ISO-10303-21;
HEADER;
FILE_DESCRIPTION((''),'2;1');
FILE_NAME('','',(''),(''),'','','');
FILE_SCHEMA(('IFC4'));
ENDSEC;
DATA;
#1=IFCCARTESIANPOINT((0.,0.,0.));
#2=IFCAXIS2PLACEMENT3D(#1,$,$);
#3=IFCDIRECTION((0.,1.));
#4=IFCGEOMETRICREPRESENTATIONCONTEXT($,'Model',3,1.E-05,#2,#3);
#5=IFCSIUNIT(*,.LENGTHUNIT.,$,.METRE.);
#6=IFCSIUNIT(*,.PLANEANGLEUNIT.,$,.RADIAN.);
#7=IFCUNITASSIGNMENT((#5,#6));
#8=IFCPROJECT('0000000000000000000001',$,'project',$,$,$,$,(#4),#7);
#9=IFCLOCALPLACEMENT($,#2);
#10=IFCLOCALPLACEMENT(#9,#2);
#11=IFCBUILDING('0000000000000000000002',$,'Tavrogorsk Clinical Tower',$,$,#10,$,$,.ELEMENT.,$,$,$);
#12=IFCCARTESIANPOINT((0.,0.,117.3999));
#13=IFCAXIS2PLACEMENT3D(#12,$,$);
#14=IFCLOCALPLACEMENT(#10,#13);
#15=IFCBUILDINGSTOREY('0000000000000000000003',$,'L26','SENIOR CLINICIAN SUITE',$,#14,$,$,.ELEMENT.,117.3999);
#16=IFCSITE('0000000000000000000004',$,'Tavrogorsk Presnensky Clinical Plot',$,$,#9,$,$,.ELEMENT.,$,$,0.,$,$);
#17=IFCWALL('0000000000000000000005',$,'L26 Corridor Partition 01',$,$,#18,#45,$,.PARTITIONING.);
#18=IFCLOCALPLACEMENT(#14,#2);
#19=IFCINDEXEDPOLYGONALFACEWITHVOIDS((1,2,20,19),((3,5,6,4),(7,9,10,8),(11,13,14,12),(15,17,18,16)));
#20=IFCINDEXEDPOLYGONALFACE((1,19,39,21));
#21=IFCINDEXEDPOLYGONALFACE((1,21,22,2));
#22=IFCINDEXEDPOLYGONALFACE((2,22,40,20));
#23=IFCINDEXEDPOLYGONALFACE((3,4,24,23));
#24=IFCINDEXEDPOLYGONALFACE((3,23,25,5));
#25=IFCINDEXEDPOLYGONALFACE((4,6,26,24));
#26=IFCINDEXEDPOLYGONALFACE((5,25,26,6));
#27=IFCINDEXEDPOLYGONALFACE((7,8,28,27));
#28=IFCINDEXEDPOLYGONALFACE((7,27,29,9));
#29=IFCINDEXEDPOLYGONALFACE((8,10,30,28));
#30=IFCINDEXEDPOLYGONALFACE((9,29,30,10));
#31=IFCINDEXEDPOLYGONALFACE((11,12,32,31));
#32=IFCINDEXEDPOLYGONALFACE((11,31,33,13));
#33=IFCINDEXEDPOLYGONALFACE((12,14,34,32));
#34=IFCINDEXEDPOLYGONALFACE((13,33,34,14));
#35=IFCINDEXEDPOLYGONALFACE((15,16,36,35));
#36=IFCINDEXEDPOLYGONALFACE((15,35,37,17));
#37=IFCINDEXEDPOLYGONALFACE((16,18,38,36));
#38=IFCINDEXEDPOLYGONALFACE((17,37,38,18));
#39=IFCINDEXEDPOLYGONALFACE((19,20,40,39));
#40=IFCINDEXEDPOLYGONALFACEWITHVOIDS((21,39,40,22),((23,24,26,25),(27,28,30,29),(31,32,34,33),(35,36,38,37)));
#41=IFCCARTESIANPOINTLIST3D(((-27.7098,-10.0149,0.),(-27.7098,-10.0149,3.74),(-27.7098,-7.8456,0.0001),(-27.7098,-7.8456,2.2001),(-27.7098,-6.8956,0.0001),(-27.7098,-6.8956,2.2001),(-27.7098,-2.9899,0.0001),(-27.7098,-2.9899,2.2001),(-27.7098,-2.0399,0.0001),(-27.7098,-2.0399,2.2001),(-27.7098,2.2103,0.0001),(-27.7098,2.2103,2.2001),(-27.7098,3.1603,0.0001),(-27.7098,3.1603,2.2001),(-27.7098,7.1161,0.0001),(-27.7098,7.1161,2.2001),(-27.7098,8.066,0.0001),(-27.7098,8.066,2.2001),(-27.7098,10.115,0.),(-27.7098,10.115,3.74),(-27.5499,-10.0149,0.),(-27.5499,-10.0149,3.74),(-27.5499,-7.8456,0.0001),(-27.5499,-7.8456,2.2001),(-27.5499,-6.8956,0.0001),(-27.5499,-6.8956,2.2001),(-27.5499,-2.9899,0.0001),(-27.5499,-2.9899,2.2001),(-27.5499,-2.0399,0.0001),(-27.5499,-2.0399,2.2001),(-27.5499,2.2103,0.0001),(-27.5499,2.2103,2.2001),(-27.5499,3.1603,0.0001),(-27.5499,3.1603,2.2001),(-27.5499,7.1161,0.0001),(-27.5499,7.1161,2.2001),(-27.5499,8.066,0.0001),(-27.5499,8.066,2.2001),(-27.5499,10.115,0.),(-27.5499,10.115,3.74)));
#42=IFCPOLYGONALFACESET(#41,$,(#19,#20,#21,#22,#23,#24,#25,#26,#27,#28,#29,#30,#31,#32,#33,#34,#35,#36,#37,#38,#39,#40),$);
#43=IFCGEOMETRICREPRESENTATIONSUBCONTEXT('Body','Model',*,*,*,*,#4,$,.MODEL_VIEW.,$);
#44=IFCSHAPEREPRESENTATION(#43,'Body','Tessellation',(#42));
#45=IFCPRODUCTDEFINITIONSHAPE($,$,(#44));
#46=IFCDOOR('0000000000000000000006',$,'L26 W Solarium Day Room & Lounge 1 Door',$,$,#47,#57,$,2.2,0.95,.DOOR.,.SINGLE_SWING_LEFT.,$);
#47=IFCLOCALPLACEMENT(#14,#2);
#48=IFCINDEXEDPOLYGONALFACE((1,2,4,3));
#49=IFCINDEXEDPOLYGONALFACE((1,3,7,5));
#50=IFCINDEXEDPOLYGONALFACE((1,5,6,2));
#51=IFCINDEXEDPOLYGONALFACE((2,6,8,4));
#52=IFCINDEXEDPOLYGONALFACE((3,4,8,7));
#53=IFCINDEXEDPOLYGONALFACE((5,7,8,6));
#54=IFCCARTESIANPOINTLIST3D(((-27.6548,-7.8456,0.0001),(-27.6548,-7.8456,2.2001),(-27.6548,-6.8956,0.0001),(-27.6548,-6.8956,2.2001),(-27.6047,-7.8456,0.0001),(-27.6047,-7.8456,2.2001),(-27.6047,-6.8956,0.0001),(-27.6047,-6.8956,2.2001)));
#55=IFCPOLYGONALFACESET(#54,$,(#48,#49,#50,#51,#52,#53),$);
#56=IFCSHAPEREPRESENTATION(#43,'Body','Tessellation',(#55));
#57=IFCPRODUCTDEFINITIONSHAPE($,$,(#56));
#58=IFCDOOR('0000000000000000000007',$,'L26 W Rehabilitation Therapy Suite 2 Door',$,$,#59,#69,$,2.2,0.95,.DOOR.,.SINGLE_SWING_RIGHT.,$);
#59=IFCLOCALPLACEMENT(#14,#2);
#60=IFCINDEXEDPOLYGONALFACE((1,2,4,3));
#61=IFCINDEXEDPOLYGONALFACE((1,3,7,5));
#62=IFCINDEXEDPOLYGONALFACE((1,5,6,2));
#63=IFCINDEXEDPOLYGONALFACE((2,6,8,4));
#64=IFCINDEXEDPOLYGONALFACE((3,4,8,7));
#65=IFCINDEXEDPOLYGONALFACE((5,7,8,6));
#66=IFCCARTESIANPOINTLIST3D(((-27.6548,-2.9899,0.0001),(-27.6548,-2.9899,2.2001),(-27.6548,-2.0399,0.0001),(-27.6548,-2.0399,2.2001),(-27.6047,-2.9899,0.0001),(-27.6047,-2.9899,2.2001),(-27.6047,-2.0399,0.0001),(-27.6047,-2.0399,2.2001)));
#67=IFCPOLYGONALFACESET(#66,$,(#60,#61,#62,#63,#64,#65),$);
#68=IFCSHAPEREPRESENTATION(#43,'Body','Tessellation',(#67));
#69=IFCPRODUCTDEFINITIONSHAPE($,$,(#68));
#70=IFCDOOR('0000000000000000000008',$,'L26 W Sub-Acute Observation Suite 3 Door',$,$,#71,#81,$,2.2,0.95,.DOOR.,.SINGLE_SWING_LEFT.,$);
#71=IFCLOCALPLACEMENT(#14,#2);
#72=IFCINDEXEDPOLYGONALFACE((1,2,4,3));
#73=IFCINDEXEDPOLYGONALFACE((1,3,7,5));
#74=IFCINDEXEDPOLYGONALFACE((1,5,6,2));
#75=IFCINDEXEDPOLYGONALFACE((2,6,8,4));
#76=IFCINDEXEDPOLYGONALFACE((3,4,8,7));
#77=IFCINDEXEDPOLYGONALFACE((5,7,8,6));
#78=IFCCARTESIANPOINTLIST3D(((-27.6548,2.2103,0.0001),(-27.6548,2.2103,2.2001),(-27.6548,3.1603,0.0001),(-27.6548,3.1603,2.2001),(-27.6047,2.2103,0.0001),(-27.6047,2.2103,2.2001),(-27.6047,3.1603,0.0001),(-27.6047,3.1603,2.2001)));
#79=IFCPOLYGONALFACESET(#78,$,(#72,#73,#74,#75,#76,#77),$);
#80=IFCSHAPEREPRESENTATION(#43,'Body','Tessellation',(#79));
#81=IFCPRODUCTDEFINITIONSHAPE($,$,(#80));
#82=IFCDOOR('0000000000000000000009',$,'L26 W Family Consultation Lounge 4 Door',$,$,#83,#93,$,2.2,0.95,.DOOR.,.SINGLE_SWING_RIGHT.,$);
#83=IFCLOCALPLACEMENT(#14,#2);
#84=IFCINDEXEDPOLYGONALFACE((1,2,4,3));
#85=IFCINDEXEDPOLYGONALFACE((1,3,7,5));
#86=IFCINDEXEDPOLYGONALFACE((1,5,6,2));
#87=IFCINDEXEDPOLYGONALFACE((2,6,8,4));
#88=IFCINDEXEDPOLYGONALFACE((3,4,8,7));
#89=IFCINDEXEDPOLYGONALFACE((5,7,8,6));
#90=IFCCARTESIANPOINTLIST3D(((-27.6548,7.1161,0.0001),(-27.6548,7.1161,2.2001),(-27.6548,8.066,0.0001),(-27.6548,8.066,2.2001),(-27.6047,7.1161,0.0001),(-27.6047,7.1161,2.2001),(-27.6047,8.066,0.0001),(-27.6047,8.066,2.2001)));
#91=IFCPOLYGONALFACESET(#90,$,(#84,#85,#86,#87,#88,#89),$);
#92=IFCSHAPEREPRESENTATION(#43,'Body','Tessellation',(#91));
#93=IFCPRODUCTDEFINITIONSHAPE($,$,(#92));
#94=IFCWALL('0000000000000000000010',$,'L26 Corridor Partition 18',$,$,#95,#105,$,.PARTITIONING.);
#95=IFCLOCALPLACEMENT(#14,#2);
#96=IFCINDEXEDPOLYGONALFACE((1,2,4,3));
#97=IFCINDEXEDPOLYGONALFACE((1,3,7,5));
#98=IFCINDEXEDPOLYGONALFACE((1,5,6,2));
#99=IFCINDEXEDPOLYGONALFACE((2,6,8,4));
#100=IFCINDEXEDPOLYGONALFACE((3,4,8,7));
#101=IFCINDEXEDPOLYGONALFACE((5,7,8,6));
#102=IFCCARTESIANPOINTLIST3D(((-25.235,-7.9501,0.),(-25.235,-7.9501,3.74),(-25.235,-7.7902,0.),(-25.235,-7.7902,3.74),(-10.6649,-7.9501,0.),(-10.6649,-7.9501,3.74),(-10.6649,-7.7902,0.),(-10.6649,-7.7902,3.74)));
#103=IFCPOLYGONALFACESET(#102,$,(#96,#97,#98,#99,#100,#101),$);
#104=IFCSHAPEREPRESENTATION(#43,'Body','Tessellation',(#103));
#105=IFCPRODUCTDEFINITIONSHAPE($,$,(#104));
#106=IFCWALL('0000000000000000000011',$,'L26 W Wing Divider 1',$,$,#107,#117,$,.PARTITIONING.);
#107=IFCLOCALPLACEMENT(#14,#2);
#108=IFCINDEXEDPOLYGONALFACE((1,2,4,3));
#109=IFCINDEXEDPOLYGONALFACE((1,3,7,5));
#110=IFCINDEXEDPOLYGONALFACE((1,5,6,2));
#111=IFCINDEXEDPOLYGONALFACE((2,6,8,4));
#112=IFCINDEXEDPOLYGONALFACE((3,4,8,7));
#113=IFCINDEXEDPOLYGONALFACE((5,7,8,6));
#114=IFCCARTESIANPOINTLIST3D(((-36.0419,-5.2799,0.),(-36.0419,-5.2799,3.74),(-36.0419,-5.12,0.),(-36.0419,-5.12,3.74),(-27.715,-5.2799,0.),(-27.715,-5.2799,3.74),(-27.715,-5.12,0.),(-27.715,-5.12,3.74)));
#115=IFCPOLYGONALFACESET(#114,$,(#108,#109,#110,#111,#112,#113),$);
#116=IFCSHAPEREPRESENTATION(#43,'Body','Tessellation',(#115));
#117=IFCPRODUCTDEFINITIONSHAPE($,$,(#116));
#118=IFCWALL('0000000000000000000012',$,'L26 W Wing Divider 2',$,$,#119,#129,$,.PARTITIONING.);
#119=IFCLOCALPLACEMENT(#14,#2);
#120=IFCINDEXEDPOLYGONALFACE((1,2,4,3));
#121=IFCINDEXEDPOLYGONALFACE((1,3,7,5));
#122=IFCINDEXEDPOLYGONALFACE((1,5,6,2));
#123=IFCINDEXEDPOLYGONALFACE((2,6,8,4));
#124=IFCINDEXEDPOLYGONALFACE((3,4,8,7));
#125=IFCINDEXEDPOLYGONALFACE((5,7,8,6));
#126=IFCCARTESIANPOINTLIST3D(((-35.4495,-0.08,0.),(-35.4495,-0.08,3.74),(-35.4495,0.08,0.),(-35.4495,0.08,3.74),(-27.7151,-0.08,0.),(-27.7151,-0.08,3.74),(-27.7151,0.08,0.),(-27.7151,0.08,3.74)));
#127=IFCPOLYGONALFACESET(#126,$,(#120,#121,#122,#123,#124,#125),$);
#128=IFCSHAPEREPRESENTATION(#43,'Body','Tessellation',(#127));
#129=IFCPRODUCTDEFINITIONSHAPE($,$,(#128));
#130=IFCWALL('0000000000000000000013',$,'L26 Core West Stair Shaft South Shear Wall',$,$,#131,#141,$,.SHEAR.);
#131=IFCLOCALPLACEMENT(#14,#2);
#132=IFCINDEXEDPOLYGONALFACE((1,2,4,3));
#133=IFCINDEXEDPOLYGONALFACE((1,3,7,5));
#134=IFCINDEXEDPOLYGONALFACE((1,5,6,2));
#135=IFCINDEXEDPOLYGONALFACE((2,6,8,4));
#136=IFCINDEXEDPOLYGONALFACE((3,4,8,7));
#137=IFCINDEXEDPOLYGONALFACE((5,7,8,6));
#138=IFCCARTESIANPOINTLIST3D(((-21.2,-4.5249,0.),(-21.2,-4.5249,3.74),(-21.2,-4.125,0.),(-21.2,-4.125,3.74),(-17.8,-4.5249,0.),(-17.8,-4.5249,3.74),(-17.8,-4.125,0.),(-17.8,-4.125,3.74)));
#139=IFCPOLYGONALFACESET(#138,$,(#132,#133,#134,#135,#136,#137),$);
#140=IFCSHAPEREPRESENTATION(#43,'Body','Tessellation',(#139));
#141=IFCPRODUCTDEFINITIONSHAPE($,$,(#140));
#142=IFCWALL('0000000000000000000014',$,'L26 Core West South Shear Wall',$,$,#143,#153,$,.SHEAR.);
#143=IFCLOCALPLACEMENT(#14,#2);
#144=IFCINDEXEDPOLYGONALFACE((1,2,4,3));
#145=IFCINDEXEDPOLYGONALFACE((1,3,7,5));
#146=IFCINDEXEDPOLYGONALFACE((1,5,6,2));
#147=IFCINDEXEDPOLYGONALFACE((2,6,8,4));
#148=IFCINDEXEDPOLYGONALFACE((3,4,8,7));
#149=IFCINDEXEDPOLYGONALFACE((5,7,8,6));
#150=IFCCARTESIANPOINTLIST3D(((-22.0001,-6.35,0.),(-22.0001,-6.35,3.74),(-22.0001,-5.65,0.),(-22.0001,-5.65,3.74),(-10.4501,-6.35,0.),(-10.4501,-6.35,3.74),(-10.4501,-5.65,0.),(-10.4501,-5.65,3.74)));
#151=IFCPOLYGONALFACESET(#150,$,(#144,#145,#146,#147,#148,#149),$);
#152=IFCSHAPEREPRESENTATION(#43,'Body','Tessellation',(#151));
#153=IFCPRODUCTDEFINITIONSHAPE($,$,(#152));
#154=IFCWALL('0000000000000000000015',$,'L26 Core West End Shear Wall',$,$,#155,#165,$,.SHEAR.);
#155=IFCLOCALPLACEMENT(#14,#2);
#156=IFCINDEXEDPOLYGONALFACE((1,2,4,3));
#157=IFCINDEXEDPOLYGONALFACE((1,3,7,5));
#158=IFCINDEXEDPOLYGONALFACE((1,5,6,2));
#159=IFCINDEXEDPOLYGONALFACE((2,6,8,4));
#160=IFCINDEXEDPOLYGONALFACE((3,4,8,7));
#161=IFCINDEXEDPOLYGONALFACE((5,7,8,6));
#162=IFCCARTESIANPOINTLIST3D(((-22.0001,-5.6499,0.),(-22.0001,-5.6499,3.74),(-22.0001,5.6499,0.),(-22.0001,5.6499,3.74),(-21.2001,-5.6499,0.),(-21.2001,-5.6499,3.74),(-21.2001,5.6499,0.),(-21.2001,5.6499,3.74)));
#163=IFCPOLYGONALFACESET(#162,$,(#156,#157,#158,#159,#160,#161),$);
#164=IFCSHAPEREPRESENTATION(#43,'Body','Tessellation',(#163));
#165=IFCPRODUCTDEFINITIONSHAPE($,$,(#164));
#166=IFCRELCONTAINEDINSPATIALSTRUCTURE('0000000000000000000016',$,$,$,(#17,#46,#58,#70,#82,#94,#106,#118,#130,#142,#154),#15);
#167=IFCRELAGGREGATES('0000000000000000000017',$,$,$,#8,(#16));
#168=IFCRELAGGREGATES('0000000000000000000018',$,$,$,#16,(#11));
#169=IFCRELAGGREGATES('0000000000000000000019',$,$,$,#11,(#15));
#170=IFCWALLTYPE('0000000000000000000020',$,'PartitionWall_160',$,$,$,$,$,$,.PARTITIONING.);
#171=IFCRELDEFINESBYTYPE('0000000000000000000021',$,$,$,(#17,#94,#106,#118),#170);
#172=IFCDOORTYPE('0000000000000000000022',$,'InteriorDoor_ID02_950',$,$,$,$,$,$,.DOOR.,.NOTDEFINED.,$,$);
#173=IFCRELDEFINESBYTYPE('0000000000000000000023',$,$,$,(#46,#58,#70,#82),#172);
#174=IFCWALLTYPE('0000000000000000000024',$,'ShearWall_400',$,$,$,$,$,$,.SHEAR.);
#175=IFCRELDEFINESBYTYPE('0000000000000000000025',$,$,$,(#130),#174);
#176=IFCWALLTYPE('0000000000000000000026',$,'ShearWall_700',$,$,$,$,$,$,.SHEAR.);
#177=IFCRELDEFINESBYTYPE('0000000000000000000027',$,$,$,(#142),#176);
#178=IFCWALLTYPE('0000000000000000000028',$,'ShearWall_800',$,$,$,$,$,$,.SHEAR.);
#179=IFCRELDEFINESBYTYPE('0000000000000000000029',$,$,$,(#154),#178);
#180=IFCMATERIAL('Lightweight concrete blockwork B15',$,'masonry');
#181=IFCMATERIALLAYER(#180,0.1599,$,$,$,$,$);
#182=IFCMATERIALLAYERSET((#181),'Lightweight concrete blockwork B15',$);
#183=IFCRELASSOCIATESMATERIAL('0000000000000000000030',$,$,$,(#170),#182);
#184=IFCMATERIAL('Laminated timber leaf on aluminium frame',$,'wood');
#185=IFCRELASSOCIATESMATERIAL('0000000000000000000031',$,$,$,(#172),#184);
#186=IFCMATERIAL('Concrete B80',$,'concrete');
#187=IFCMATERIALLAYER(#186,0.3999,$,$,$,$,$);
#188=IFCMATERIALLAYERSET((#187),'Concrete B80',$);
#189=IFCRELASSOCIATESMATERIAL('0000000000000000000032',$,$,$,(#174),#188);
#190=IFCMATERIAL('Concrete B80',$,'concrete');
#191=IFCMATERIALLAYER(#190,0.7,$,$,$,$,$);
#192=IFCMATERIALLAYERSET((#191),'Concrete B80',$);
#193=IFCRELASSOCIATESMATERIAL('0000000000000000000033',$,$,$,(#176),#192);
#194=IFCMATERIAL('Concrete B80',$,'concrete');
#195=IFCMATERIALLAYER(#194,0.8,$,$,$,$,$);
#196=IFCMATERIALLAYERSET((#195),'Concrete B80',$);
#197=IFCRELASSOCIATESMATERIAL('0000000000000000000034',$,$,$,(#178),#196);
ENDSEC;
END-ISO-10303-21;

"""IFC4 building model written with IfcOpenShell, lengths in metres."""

from ifc_helpers import new_model, si_unit, direction, frame, frame_2d, origin, place, context, subcontext, project, spatial, rectangle, extrude, material, layer, layer_set, type_object, element, fill, save


model = new_model("IFC4")

# Units and contexts
model_context = context("Model", 3, precision=1e-05, world=origin(), true_north=direction((0.0, 1.0)))
body_context = subcontext(model_context, "Body", "Model", "MODEL_VIEW")
ifc_project = project(units=[si_unit("LENGTHUNIT", "METRE"), si_unit("PLANEANGLEUNIT", "RADIAN")], contexts=[model_context])

# Site, building, storey
site_placement = place(None, origin())
site = spatial("IfcSite", under=ifc_project, at=site_placement, Name="Tavrogorsk Presnensky Clinical Plot", CompositionType="ELEMENT", RefElevation=0.0)
building_placement = place(site_placement, origin())
building = spatial("IfcBuilding", under=site, at=building_placement, Name="Tavrogorsk Clinical Tower", CompositionType="ELEMENT")
storey_placement = place(building_placement, frame((0.0, 0.0, 117.3999)))
storey = spatial("IfcBuildingStorey", under=building, at=storey_placement, Name="L26", Description="SENIOR CLINICIAN SUITE", CompositionType="ELEMENT", Elevation=117.3999)

# Wall, openings, doors
ifc_material_1 = material(Name="Lightweight concrete blockwork B15", Category="masonry")
ifc_layer_1 = layer(ifc_material_1, 0.1599)
ifc_layer_set_1 = layer_set([ifc_layer_1], Name="Lightweight concrete blockwork B15")
wall_type_1 = type_object("IfcWallType", Name="PartitionWall_160", PredefinedType="PARTITIONING", material=ifc_layer_set_1)
wall_1_placement = place(storey_placement, frame((-27.6299, -10.0149, 0.0), z_axis=(0.0, 0.0, 1.0), x_axis=(0.0, 1.0, 0.0)))
wall_1 = element("IfcWall", 1, at=wall_1_placement, inside=storey, type_object=wall_type_1, Name="L26 Corridor Partition 01", PredefinedType="PARTITIONING", context=body_context, shape_type="SweptSolid", body=[
    extrude(rectangle(XDim=20.1299, YDim=0.1599, at=frame_2d((10.0649, 0.0))), origin(), (0.0, 0.0, 1.0), 3.74),
])
opening_1_placement = place(wall_1_placement, frame((2.1692, 0.0, 0.0)))
opening_1 = element("IfcOpeningElement", 2, at=opening_1_placement, cuts=wall_1, PredefinedType="OPENING", context=body_context, shape_type="SweptSolid", body=[
    extrude(rectangle(XDim=0.95, YDim=2.2, at=frame_2d((0.4751, 1.1001))), frame((0.0, 0.0898, 0.0), z_axis=(0.0, -1.0, 0.0), x_axis=(1.0, 0.0, 0.0)), (0.0, 0.0, 1.0), 0.1799),
])
opening_2_placement = place(wall_1_placement, frame((7.0249, 0.0, 0.0)))
opening_2 = element("IfcOpeningElement", 3, at=opening_2_placement, cuts=wall_1, PredefinedType="OPENING", context=body_context, shape_type="SweptSolid", body=[
    extrude(rectangle(XDim=0.95, YDim=2.2, at=frame_2d((0.4751, 1.1001))), frame((0.0, 0.0898, 0.0), z_axis=(0.0, -1.0, 0.0), x_axis=(1.0, 0.0, 0.0)), (0.0, 0.0, 1.0), 0.1799),
])
opening_3_placement = place(wall_1_placement, frame((12.2251, 0.0, 0.0)))
opening_3 = element("IfcOpeningElement", 4, at=opening_3_placement, cuts=wall_1, PredefinedType="OPENING", context=body_context, shape_type="SweptSolid", body=[
    extrude(rectangle(XDim=0.95, YDim=2.2, at=frame_2d((0.4751, 1.1001))), frame((0.0, 0.0898, 0.0), z_axis=(0.0, -1.0, 0.0), x_axis=(1.0, 0.0, 0.0)), (0.0, 0.0, 1.0), 0.1799),
])
opening_4_placement = place(wall_1_placement, frame((17.1309, 0.0, 0.0)))
opening_4 = element("IfcOpeningElement", 5, at=opening_4_placement, cuts=wall_1, PredefinedType="OPENING", context=body_context, shape_type="SweptSolid", body=[
    extrude(rectangle(XDim=0.95, YDim=2.2, at=frame_2d((0.4751, 1.1001))), frame((0.0, 0.0898, 0.0), z_axis=(0.0, -1.0, 0.0), x_axis=(1.0, 0.0, 0.0)), (0.0, 0.0, 1.0), 0.1799),
])
ifc_material_2 = material(Name="Laminated timber leaf on aluminium frame", Category="wood")
door_type = type_object("IfcDoorType", Name="InteriorDoor_ID02_950", OperationType="NOTDEFINED", PredefinedType="DOOR", material=ifc_material_2)
door_1_placement = place(opening_1_placement, origin())
door_1 = element("IfcDoor", 6, at=door_1_placement, inside=storey, type_object=door_type, Name="L26 W Solarium Day Room & Lounge 1 Door", OperationType="SINGLE_SWING_LEFT", OverallHeight=2.2, OverallWidth=0.95, PredefinedType="DOOR", context=body_context, shape_type="SweptSolid", body=[
    extrude(rectangle(XDim=0.95, YDim=2.2, at=frame_2d((0.4751, 1.1001))), frame((0.0, 0.0249, 0.0), z_axis=(0.0, -1.0, 0.0), x_axis=(1.0, 0.0, 0.0)), (0.0, 0.0, 1.0), 0.05),
])
fill(opening_1, door_1)
door_2_placement = place(opening_2_placement, origin())
door_2 = element("IfcDoor", 7, at=door_2_placement, inside=storey, type_object=door_type, Name="L26 W Rehabilitation Therapy Suite 2 Door", OperationType="SINGLE_SWING_RIGHT", OverallHeight=2.2, OverallWidth=0.95, PredefinedType="DOOR", context=body_context, shape_type="SweptSolid", body=[
    extrude(rectangle(XDim=0.95, YDim=2.2, at=frame_2d((0.4751, 1.1001))), frame((0.0, 0.0249, 0.0), z_axis=(0.0, -1.0, 0.0), x_axis=(1.0, 0.0, 0.0)), (0.0, 0.0, 1.0), 0.05),
])
fill(opening_2, door_2)
door_3_placement = place(opening_3_placement, origin())
door_3 = element("IfcDoor", 8, at=door_3_placement, inside=storey, type_object=door_type, Name="L26 W Sub-Acute Observation Suite 3 Door", OperationType="SINGLE_SWING_LEFT", OverallHeight=2.2, OverallWidth=0.95, PredefinedType="DOOR", context=body_context, shape_type="SweptSolid", body=[
    extrude(rectangle(XDim=0.95, YDim=2.2, at=frame_2d((0.4751, 1.1001))), frame((0.0, 0.0249, 0.0), z_axis=(0.0, -1.0, 0.0), x_axis=(1.0, 0.0, 0.0)), (0.0, 0.0, 1.0), 0.05),
])
fill(opening_3, door_3)
door_4_placement = place(opening_4_placement, origin())
door_4 = element("IfcDoor", 9, at=door_4_placement, inside=storey, type_object=door_type, Name="L26 W Family Consultation Lounge 4 Door", OperationType="SINGLE_SWING_RIGHT", OverallHeight=2.2, OverallWidth=0.95, PredefinedType="DOOR", context=body_context, shape_type="SweptSolid", body=[
    extrude(rectangle(XDim=0.95, YDim=2.2, at=frame_2d((0.4751, 1.1001))), frame((0.0, 0.0249, 0.0), z_axis=(0.0, -1.0, 0.0), x_axis=(1.0, 0.0, 0.0)), (0.0, 0.0, 1.0), 0.05),
])
fill(opening_4, door_4)

# Walls
wall_2_placement = place(storey_placement, frame((-25.2351, -7.8701, 0.0), z_axis=(0.0, 0.0, 1.0), x_axis=(1.0, 0.0, 0.0)))
element("IfcWall", 10, at=wall_2_placement, inside=storey, type_object=wall_type_1, Name="L26 Corridor Partition 18", PredefinedType="PARTITIONING", context=body_context, shape_type="SweptSolid", body=[
    extrude(rectangle(XDim=14.5701, YDim=0.1599, at=frame_2d((7.2852, 0.0))), origin(), (0.0, 0.0, 1.0), 3.74),
])
wall_3_placement = place(storey_placement, frame((-36.042, -5.2, 0.0), z_axis=(0.0, 0.0, 1.0), x_axis=(1.0, 0.0, 0.0)))
element("IfcWall", 11, at=wall_3_placement, inside=storey, type_object=wall_type_1, Name="L26 W Wing Divider 1", PredefinedType="PARTITIONING", context=body_context, shape_type="SweptSolid", body=[
    extrude(rectangle(XDim=8.3269, YDim=0.1599, at=frame_2d((4.1636, 0.0))), origin(), (0.0, 0.0, 1.0), 3.74),
])
wall_4_placement = place(storey_placement, frame((-35.4495, 0.0, 0.0), z_axis=(0.0, 0.0, 1.0), x_axis=(1.0, 0.0, 0.0)))
element("IfcWall", 12, at=wall_4_placement, inside=storey, type_object=wall_type_1, Name="L26 W Wing Divider 2", PredefinedType="PARTITIONING", context=body_context, shape_type="SweptSolid", body=[
    extrude(rectangle(XDim=7.7344, YDim=0.1599, at=frame_2d((3.8672, 0.0))), origin(), (0.0, 0.0, 1.0), 3.74),
])
ifc_material_3 = material(Name="Concrete B80", Category="concrete")
ifc_layer_2 = layer(ifc_material_3, 0.3999)
ifc_layer_set_2 = layer_set([ifc_layer_2], Name="Concrete B80")
wall_type_2 = type_object("IfcWallType", Name="ShearWall_400", PredefinedType="SHEAR", material=ifc_layer_set_2)
wall_5_placement = place(storey_placement, frame((-21.2, -4.325, 0.0), z_axis=(0.0, 0.0, 1.0), x_axis=(1.0, 0.0, 0.0)))
element("IfcWall", 13, at=wall_5_placement, inside=storey, type_object=wall_type_2, Name="L26 Core West Stair Shaft South Shear Wall", PredefinedType="SHEAR", context=body_context, shape_type="SweptSolid", body=[
    extrude(rectangle(XDim=3.3999, YDim=0.3999, at=frame_2d((1.7, 0.0))), origin(), (0.0, 0.0, 1.0), 3.74),
])
ifc_material_4 = material(Name="Concrete B80", Category="concrete")
ifc_layer_3 = layer(ifc_material_4, 0.7)
ifc_layer_set_3 = layer_set([ifc_layer_3], Name="Concrete B80")
wall_type_3 = type_object("IfcWallType", Name="ShearWall_700", PredefinedType="SHEAR", material=ifc_layer_set_3)
wall_6_placement = place(storey_placement, frame((-22.0, -6.0, 0.0), z_axis=(0.0, 0.0, 1.0), x_axis=(1.0, 0.0, 0.0)))
element("IfcWall", 14, at=wall_6_placement, inside=storey, type_object=wall_type_3, Name="L26 Core West South Shear Wall", PredefinedType="SHEAR", context=body_context, shape_type="SweptSolid", body=[
    extrude(rectangle(XDim=11.55, YDim=0.7, at=frame_2d((5.7749, 0.0))), origin(), (0.0, 0.0, 1.0), 3.74),
])
ifc_material_5 = material(Name="Concrete B80", Category="concrete")
ifc_layer_4 = layer(ifc_material_5, 0.8)
ifc_layer_set_4 = layer_set([ifc_layer_4], Name="Concrete B80")
wall_type_4 = type_object("IfcWallType", Name="ShearWall_800", PredefinedType="SHEAR", material=ifc_layer_set_4)
wall_7_placement = place(storey_placement, frame((-21.6001, -5.6499, 0.0), z_axis=(0.0, 0.0, 1.0), x_axis=(0.0, 1.0, 0.0)))
element("IfcWall", 15, at=wall_7_placement, inside=storey, type_object=wall_type_4, Name="L26 Core West End Shear Wall", PredefinedType="SHEAR", context=body_context, shape_type="SweptSolid", body=[
    extrude(rectangle(XDim=11.2998, YDim=0.8, at=frame_2d((5.6499, 0.0))), origin(), (0.0, 0.0, 1.0), 3.74),
])

save(model, "model.ifc")
